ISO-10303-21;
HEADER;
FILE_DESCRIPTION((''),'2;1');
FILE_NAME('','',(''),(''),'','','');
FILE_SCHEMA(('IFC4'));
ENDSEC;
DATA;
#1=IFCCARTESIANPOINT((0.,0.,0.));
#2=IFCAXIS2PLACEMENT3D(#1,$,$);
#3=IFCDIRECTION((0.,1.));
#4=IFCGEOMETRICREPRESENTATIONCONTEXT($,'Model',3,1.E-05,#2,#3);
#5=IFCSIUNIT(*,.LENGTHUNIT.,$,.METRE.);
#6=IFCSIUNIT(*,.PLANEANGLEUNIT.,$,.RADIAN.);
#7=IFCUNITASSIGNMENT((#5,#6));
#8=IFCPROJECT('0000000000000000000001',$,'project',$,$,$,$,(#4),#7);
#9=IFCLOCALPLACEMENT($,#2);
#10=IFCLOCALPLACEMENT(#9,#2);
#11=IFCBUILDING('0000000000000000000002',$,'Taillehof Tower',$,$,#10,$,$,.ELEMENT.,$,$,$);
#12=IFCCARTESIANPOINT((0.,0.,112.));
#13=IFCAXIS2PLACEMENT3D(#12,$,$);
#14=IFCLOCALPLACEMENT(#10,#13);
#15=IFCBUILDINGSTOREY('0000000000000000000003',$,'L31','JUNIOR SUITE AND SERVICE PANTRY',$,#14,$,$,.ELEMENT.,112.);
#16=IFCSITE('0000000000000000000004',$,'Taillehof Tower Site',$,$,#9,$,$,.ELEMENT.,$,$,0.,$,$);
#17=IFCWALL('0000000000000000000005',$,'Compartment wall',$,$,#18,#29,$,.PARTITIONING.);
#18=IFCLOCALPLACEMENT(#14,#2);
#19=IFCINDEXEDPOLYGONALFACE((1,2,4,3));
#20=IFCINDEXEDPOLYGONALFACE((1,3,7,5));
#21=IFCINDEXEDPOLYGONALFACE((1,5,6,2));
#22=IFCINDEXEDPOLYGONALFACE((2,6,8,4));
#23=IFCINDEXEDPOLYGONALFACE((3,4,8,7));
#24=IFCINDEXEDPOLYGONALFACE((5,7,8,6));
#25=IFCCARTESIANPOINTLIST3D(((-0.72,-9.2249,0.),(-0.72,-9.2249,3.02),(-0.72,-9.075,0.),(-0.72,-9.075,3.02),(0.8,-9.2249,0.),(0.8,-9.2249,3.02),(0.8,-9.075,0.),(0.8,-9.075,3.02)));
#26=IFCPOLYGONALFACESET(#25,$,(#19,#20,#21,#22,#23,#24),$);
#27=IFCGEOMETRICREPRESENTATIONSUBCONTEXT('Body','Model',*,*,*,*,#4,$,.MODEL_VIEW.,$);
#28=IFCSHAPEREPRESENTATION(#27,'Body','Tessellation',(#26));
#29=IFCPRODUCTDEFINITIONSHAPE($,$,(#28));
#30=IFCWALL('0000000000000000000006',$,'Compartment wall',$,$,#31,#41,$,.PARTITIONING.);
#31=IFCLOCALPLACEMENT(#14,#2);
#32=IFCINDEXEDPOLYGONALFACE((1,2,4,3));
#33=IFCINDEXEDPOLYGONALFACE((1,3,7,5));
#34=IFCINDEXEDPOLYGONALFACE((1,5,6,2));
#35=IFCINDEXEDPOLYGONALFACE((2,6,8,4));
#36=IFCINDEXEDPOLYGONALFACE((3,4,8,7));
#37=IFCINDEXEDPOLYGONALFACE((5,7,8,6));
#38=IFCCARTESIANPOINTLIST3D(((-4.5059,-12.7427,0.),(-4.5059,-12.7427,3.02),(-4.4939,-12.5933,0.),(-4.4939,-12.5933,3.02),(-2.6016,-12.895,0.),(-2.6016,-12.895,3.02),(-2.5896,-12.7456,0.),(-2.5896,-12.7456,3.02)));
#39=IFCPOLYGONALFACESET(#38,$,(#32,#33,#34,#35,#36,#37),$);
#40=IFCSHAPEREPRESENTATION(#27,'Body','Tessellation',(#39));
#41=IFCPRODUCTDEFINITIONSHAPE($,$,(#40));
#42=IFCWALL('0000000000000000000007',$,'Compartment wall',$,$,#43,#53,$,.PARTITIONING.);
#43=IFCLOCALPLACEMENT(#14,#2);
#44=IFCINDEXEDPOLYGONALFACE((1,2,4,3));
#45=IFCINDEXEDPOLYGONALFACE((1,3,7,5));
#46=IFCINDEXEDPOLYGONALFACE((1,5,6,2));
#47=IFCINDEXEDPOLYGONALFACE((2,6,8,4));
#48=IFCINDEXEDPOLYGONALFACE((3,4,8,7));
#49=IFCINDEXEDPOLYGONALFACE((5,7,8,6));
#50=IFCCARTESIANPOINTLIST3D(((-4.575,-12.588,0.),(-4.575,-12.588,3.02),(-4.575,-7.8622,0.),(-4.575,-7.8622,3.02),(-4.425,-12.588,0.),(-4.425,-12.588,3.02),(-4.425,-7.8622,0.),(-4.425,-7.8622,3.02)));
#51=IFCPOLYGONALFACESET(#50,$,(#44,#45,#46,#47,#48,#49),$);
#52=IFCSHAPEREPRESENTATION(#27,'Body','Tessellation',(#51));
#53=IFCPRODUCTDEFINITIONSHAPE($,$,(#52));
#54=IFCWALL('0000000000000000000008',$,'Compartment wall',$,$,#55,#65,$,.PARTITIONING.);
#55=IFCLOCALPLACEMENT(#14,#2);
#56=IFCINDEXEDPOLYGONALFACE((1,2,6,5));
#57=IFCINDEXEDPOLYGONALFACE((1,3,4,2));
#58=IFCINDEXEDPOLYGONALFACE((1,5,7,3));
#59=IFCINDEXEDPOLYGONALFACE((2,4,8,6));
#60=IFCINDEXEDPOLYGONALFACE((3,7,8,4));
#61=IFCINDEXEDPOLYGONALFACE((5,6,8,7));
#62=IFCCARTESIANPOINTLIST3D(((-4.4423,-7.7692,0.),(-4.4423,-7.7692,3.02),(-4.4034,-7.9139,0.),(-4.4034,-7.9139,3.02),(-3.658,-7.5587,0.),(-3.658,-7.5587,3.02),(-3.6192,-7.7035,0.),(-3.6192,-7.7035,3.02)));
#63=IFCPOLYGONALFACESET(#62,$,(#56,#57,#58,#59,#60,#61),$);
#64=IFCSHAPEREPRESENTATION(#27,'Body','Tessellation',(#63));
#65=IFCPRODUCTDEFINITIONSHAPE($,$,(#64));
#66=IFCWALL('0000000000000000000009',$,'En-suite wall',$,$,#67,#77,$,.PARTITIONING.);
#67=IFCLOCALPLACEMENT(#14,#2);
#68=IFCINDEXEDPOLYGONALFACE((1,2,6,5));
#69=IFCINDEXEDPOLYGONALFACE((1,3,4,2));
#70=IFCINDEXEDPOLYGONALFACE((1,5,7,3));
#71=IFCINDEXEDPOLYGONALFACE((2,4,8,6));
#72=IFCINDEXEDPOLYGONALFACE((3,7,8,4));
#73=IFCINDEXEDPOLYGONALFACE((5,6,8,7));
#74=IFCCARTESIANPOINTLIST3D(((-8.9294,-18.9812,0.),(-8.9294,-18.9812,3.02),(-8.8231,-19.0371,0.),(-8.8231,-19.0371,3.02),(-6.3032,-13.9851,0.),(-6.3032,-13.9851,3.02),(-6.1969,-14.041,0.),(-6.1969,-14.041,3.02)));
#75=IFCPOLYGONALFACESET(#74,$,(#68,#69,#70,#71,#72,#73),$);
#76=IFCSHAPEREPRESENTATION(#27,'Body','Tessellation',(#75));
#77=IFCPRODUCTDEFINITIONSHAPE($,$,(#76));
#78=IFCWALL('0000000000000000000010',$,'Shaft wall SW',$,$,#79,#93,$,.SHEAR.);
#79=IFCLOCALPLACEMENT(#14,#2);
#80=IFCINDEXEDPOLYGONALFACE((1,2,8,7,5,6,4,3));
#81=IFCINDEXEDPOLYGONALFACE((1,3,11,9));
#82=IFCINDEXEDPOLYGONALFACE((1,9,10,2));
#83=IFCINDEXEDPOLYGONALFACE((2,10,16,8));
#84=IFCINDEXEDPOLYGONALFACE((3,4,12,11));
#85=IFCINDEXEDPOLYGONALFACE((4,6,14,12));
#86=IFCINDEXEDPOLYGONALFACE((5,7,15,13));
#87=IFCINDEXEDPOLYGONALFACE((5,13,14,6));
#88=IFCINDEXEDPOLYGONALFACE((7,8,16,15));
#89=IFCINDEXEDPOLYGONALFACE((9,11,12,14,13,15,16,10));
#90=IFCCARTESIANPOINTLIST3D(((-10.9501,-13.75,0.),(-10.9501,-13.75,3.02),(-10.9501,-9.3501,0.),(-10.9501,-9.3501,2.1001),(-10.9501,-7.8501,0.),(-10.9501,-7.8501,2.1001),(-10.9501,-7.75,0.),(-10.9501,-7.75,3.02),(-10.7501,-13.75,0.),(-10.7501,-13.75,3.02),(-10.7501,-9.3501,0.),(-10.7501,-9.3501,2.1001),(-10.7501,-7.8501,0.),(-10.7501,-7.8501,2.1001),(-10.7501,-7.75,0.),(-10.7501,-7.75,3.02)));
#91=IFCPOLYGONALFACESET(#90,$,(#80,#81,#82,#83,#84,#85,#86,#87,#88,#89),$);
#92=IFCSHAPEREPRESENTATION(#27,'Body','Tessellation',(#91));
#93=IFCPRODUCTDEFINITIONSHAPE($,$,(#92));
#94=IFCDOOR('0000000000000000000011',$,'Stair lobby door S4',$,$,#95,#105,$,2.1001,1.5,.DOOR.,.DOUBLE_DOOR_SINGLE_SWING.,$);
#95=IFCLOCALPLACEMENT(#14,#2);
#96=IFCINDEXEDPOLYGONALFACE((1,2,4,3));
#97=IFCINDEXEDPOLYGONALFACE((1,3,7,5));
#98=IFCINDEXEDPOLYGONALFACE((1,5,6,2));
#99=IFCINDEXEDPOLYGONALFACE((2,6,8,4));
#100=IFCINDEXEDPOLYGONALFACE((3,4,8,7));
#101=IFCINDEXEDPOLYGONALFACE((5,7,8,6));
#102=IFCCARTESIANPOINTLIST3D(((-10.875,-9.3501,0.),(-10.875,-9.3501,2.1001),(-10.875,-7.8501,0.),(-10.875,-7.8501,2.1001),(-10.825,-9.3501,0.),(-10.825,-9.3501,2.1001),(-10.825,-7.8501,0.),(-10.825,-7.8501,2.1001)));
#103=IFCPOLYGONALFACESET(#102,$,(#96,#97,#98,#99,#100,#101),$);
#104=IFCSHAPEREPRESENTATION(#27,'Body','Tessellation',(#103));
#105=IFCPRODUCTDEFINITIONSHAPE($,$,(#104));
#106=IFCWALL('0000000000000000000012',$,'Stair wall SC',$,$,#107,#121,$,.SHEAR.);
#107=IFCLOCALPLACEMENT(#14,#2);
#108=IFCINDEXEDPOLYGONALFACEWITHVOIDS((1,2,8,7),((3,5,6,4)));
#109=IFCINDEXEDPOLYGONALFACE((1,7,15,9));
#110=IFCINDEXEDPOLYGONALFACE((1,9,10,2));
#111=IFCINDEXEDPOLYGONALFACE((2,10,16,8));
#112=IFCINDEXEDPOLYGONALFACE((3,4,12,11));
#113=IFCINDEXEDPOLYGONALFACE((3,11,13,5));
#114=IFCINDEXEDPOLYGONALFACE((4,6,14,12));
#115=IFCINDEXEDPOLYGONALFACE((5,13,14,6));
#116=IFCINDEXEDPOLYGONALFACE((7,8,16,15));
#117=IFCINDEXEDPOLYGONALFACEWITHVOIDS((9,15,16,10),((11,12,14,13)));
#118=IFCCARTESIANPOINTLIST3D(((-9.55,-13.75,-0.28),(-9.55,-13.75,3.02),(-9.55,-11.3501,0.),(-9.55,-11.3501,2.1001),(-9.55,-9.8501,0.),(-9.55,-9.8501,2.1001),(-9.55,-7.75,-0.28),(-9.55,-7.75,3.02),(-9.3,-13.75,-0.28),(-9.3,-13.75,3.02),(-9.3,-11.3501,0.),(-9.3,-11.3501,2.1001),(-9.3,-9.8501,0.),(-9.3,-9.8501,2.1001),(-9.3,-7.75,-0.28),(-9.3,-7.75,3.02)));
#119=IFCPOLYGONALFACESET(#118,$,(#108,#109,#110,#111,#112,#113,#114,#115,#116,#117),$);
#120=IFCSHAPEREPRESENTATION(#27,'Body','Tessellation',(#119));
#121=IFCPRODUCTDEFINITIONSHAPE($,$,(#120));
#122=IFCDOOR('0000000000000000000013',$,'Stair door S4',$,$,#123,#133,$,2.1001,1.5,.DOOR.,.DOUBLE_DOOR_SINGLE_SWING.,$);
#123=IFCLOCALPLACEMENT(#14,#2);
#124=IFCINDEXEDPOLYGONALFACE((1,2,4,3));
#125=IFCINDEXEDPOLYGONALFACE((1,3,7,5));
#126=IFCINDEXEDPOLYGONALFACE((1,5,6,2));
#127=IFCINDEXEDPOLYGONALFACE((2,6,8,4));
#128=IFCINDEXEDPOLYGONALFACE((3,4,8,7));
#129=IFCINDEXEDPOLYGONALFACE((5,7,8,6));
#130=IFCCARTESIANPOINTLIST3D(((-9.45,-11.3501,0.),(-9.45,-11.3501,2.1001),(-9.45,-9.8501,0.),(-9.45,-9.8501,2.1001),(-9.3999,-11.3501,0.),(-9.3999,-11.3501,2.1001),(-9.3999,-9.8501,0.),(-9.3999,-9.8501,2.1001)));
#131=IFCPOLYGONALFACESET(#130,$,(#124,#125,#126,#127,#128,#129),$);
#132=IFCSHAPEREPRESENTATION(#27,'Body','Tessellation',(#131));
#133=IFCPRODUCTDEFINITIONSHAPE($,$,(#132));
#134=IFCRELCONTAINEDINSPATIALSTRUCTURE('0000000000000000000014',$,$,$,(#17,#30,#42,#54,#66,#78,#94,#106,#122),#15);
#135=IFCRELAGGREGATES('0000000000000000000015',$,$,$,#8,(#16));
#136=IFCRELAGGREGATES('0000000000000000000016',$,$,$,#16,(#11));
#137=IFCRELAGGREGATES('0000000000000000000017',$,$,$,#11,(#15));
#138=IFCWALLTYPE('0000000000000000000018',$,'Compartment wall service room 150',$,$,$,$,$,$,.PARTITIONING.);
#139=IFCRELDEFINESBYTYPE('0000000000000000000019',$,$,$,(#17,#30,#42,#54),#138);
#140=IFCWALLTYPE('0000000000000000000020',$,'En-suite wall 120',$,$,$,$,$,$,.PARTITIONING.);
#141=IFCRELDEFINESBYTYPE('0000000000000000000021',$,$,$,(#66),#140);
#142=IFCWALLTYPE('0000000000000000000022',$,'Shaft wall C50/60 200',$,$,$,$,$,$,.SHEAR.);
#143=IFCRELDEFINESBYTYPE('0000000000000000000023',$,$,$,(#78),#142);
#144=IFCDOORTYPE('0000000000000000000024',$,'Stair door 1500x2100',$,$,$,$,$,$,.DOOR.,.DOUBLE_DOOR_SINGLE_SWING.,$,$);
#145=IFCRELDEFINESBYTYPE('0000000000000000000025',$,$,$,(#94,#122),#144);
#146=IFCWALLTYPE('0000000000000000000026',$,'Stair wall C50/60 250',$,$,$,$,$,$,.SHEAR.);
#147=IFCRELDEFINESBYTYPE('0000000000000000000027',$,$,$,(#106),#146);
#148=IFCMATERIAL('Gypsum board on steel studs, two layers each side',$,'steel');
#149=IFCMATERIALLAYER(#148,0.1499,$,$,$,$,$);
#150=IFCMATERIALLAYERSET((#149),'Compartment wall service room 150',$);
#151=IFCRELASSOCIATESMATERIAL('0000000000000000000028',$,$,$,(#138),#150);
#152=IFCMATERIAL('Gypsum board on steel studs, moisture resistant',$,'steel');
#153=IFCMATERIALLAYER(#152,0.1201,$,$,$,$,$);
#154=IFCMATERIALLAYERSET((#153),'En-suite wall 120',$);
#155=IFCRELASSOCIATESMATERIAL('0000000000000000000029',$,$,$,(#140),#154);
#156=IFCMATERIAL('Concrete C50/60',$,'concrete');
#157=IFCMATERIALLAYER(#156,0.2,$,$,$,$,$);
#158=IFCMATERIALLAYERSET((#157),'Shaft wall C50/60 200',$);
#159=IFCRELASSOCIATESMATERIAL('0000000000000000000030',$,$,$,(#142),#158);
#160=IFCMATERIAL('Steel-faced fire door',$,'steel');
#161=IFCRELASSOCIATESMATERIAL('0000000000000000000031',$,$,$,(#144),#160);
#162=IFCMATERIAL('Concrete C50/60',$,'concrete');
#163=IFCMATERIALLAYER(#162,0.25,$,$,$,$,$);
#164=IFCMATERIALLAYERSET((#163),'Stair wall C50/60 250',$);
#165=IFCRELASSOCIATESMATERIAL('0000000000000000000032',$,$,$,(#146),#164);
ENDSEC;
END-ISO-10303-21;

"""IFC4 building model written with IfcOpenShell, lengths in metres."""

from ifc_helpers import new_model, si_unit, direction, frame, frame_2d, origin, place, context, subcontext, project, spatial, rectangle, extrude, material, layer, layer_set, type_object, element, fill, save


model = new_model("IFC4")

# Units and contexts
model_context = context("Model", 3, precision=1e-05, world=origin(), true_north=direction((0.0, 1.0)))
body_context = subcontext(model_context, "Body", "Model", "MODEL_VIEW")
ifc_project = project(units=[si_unit("LENGTHUNIT", "METRE"), si_unit("PLANEANGLEUNIT", "RADIAN")], contexts=[model_context])

# Site, building, storey
site_placement = place(None, origin())
site = spatial("IfcSite", under=ifc_project, at=site_placement, Name="Taillehof Tower Site", CompositionType="ELEMENT", RefElevation=0.0)
building_placement = place(site_placement, origin())
building = spatial("IfcBuilding", under=site, at=building_placement, Name="Taillehof Tower", CompositionType="ELEMENT")
storey_placement = place(building_placement, frame((0.0, 0.0, 112.0)))
storey = spatial("IfcBuildingStorey", under=building, at=storey_placement, Name="L31", Description="JUNIOR SUITE AND SERVICE PANTRY", CompositionType="ELEMENT", Elevation=112.0)

# Walls
ifc_material_1 = material(Name="Gypsum board on steel studs, two layers each side", Category="steel")
ifc_layer_1 = layer(ifc_material_1, 0.1499)
ifc_layer_set_1 = layer_set([ifc_layer_1], Name="Compartment wall service room 150")
wall_type_1 = type_object("IfcWallType", Name="Compartment wall service room 150", PredefinedType="PARTITIONING", material=ifc_layer_set_1)
wall_1_placement = place(storey_placement, frame((-0.72, -9.1499, 0.0), z_axis=(0.0, 0.0, 1.0), x_axis=(1.0, 0.0, 0.0)))
element("IfcWall", 1, at=wall_1_placement, inside=storey, type_object=wall_type_1, Name="Compartment wall", PredefinedType="PARTITIONING", context=body_context, shape_type="SweptSolid", body=[
    extrude(rectangle(XDim=1.52, YDim=0.1499, at=frame_2d((0.76, 0.0))), origin(), (0.0, 0.0, 1.0), 3.02),
])
wall_2_placement = place(storey_placement, frame((-2.5957, -12.8203, 0.0), z_axis=(0.0, 0.0, 1.0), x_axis=(-0.996815, 0.079745, 0.0)))
element("IfcWall", 2, at=wall_2_placement, inside=storey, type_object=wall_type_1, Name="Compartment wall", PredefinedType="PARTITIONING", context=body_context, shape_type="SweptSolid", body=[
    extrude(rectangle(XDim=1.9104, YDim=0.1499, at=frame_2d((0.9551, 0.0))), origin(), (0.0, 0.0, 1.0), 3.02),
])
wall_3_placement = place(storey_placement, frame((-4.5, -12.5879, 0.0), z_axis=(0.0, 0.0, 1.0), x_axis=(0.0, 1.0, 0.0)))
element("IfcWall", 3, at=wall_3_placement, inside=storey, type_object=wall_type_1, Name="Compartment wall", PredefinedType="PARTITIONING", context=body_context, shape_type="SweptSolid", body=[
    extrude(rectangle(XDim=4.7258, YDim=0.1499, at=frame_2d((2.3628, 0.0))), origin(), (0.0, 0.0, 1.0), 3.02),
])
wall_4_placement = place(storey_placement, frame((-4.4229, -7.8416, 0.0), z_axis=(0.0, 0.0, 1.0), x_axis=(0.965824, 0.259197, 0.0)))
element("IfcWall", 4, at=wall_4_placement, inside=storey, type_object=wall_type_1, Name="Compartment wall", PredefinedType="PARTITIONING", context=body_context, shape_type="SweptSolid", body=[
    extrude(rectangle(XDim=0.812, YDim=0.1499, at=frame_2d((0.406, 0.0))), origin(), (0.0, 0.0, 1.0), 3.02),
])
ifc_material_2 = material(Name="Gypsum board on steel studs, moisture resistant", Category="steel")
ifc_layer_2 = layer(ifc_material_2, 0.1201)
ifc_layer_set_2 = layer_set([ifc_layer_2], Name="En-suite wall 120")
wall_type_2 = type_object("IfcWallType", Name="En-suite wall 120", PredefinedType="PARTITIONING", material=ifc_layer_set_2)
wall_5_placement = place(storey_placement, frame((-6.25, -14.0129, 0.0), z_axis=(0.0, 0.0, 1.0), x_axis=(-0.465288, -0.885159, 0.0)))
element("IfcWall", 5, at=wall_5_placement, inside=storey, type_object=wall_type_2, Name="En-suite wall", PredefinedType="PARTITIONING", context=body_context, shape_type="SweptSolid", body=[
    extrude(rectangle(XDim=5.6443, YDim=0.1201, at=frame_2d((2.8223, 0.0))), origin(), (0.0, 0.0, 1.0), 3.02),
])

# Walls, openings, doors
ifc_material_3 = material(Name="Concrete C50/60", Category="concrete")
ifc_layer_3 = layer(ifc_material_3, 0.2)
ifc_layer_set_3 = layer_set([ifc_layer_3], Name="Shaft wall C50/60 200")
wall_type_3 = type_object("IfcWallType", Name="Shaft wall C50/60 200", PredefinedType="SHEAR", material=ifc_layer_set_3)
wall_6_placement = place(storey_placement, frame((-10.8501, -13.75, 0.0), z_axis=(0.0, 0.0, 1.0), x_axis=(0.0, 1.0, 0.0)))
wall_6 = element("IfcWall", 6, at=wall_6_placement, inside=storey, type_object=wall_type_3, Name="Shaft wall SW", PredefinedType="SHEAR", context=body_context, shape_type="SweptSolid", body=[
    extrude(rectangle(XDim=6.0, YDim=0.2, at=frame_2d((3.0, 0.0))), origin(), (0.0, 0.0, 1.0), 3.02),
])
opening_1_placement = place(wall_6_placement, frame((4.3999, 0.0, 0.0)))
opening_1 = element("IfcOpeningElement", 7, at=opening_1_placement, cuts=wall_6, PredefinedType="OPENING", context=body_context, shape_type="SweptSolid", body=[
    extrude(rectangle(XDim=1.5, YDim=2.1001, at=frame_2d((0.75, 1.05))), frame((0.0, 0.1099, 0.0), z_axis=(0.0, -1.0, 0.0), x_axis=(1.0, 0.0, 0.0)), (0.0, 0.0, 1.0), 0.22),
])
ifc_material_4 = material(Name="Steel-faced fire door", Category="steel")
door_type = type_object("IfcDoorType", Name="Stair door 1500x2100", OperationType="DOUBLE_DOOR_SINGLE_SWING", PredefinedType="DOOR", material=ifc_material_4)
door_1_placement = place(opening_1_placement, origin())
door_1 = element("IfcDoor", 8, at=door_1_placement, inside=storey, type_object=door_type, Name="Stair lobby door S4", OperationType="DOUBLE_DOOR_SINGLE_SWING", OverallHeight=2.1001, OverallWidth=1.5, PredefinedType="DOOR", context=body_context, shape_type="SweptSolid", body=[
    extrude(rectangle(XDim=1.5, YDim=2.1001, at=frame_2d((0.75, 1.05))), frame((0.0, 0.0249, 0.0), z_axis=(0.0, -1.0, 0.0), x_axis=(1.0, 0.0, 0.0)), (0.0, 0.0, 1.0), 0.05),
])
fill(opening_1, door_1)
ifc_material_5 = material(Name="Concrete C50/60", Category="concrete")
ifc_layer_4 = layer(ifc_material_5, 0.25)
ifc_layer_set_4 = layer_set([ifc_layer_4], Name="Stair wall C50/60 250")
wall_type_4 = type_object("IfcWallType", Name="Stair wall C50/60 250", PredefinedType="SHEAR", material=ifc_layer_set_4)
wall_7_placement = place(storey_placement, frame((-9.425, -13.75, -0.28), z_axis=(0.0, 0.0, 1.0), x_axis=(0.0, 1.0, 0.0)))
wall_7 = element("IfcWall", 9, at=wall_7_placement, inside=storey, type_object=wall_type_4, Name="Stair wall SC", PredefinedType="SHEAR", context=body_context, shape_type="SweptSolid", body=[
    extrude(rectangle(XDim=6.0, YDim=0.25, at=frame_2d((3.0, 0.0))), origin(), (0.0, 0.0, 1.0), 3.3),
])
opening_2_placement = place(wall_7_placement, frame((2.3999, 0.0, 0.28)))
opening_2 = element("IfcOpeningElement", 10, at=opening_2_placement, cuts=wall_7, PredefinedType="OPENING", context=body_context, shape_type="SweptSolid", body=[
    extrude(rectangle(XDim=1.5, YDim=2.1001, at=frame_2d((0.75, 1.05))), frame((0.0, 0.135, 0.0), z_axis=(0.0, -1.0, 0.0), x_axis=(1.0, 0.0, 0.0)), (0.0, 0.0, 1.0), 0.27),
])
door_2_placement = place(opening_2_placement, origin())
door_2 = element("IfcDoor", 11, at=door_2_placement, inside=storey, type_object=door_type, Name="Stair door S4", OperationType="DOUBLE_DOOR_SINGLE_SWING", OverallHeight=2.1001, OverallWidth=1.5, PredefinedType="DOOR", context=body_context, shape_type="SweptSolid", body=[
    extrude(rectangle(XDim=1.5, YDim=2.1001, at=frame_2d((0.75, 1.05))), frame((0.0, 0.0249, 0.0), z_axis=(0.0, -1.0, 0.0), x_axis=(1.0, 0.0, 0.0)), (0.0, 0.0, 1.0), 0.05),
])
fill(opening_2, door_2)

save(model, "model.ifc")
